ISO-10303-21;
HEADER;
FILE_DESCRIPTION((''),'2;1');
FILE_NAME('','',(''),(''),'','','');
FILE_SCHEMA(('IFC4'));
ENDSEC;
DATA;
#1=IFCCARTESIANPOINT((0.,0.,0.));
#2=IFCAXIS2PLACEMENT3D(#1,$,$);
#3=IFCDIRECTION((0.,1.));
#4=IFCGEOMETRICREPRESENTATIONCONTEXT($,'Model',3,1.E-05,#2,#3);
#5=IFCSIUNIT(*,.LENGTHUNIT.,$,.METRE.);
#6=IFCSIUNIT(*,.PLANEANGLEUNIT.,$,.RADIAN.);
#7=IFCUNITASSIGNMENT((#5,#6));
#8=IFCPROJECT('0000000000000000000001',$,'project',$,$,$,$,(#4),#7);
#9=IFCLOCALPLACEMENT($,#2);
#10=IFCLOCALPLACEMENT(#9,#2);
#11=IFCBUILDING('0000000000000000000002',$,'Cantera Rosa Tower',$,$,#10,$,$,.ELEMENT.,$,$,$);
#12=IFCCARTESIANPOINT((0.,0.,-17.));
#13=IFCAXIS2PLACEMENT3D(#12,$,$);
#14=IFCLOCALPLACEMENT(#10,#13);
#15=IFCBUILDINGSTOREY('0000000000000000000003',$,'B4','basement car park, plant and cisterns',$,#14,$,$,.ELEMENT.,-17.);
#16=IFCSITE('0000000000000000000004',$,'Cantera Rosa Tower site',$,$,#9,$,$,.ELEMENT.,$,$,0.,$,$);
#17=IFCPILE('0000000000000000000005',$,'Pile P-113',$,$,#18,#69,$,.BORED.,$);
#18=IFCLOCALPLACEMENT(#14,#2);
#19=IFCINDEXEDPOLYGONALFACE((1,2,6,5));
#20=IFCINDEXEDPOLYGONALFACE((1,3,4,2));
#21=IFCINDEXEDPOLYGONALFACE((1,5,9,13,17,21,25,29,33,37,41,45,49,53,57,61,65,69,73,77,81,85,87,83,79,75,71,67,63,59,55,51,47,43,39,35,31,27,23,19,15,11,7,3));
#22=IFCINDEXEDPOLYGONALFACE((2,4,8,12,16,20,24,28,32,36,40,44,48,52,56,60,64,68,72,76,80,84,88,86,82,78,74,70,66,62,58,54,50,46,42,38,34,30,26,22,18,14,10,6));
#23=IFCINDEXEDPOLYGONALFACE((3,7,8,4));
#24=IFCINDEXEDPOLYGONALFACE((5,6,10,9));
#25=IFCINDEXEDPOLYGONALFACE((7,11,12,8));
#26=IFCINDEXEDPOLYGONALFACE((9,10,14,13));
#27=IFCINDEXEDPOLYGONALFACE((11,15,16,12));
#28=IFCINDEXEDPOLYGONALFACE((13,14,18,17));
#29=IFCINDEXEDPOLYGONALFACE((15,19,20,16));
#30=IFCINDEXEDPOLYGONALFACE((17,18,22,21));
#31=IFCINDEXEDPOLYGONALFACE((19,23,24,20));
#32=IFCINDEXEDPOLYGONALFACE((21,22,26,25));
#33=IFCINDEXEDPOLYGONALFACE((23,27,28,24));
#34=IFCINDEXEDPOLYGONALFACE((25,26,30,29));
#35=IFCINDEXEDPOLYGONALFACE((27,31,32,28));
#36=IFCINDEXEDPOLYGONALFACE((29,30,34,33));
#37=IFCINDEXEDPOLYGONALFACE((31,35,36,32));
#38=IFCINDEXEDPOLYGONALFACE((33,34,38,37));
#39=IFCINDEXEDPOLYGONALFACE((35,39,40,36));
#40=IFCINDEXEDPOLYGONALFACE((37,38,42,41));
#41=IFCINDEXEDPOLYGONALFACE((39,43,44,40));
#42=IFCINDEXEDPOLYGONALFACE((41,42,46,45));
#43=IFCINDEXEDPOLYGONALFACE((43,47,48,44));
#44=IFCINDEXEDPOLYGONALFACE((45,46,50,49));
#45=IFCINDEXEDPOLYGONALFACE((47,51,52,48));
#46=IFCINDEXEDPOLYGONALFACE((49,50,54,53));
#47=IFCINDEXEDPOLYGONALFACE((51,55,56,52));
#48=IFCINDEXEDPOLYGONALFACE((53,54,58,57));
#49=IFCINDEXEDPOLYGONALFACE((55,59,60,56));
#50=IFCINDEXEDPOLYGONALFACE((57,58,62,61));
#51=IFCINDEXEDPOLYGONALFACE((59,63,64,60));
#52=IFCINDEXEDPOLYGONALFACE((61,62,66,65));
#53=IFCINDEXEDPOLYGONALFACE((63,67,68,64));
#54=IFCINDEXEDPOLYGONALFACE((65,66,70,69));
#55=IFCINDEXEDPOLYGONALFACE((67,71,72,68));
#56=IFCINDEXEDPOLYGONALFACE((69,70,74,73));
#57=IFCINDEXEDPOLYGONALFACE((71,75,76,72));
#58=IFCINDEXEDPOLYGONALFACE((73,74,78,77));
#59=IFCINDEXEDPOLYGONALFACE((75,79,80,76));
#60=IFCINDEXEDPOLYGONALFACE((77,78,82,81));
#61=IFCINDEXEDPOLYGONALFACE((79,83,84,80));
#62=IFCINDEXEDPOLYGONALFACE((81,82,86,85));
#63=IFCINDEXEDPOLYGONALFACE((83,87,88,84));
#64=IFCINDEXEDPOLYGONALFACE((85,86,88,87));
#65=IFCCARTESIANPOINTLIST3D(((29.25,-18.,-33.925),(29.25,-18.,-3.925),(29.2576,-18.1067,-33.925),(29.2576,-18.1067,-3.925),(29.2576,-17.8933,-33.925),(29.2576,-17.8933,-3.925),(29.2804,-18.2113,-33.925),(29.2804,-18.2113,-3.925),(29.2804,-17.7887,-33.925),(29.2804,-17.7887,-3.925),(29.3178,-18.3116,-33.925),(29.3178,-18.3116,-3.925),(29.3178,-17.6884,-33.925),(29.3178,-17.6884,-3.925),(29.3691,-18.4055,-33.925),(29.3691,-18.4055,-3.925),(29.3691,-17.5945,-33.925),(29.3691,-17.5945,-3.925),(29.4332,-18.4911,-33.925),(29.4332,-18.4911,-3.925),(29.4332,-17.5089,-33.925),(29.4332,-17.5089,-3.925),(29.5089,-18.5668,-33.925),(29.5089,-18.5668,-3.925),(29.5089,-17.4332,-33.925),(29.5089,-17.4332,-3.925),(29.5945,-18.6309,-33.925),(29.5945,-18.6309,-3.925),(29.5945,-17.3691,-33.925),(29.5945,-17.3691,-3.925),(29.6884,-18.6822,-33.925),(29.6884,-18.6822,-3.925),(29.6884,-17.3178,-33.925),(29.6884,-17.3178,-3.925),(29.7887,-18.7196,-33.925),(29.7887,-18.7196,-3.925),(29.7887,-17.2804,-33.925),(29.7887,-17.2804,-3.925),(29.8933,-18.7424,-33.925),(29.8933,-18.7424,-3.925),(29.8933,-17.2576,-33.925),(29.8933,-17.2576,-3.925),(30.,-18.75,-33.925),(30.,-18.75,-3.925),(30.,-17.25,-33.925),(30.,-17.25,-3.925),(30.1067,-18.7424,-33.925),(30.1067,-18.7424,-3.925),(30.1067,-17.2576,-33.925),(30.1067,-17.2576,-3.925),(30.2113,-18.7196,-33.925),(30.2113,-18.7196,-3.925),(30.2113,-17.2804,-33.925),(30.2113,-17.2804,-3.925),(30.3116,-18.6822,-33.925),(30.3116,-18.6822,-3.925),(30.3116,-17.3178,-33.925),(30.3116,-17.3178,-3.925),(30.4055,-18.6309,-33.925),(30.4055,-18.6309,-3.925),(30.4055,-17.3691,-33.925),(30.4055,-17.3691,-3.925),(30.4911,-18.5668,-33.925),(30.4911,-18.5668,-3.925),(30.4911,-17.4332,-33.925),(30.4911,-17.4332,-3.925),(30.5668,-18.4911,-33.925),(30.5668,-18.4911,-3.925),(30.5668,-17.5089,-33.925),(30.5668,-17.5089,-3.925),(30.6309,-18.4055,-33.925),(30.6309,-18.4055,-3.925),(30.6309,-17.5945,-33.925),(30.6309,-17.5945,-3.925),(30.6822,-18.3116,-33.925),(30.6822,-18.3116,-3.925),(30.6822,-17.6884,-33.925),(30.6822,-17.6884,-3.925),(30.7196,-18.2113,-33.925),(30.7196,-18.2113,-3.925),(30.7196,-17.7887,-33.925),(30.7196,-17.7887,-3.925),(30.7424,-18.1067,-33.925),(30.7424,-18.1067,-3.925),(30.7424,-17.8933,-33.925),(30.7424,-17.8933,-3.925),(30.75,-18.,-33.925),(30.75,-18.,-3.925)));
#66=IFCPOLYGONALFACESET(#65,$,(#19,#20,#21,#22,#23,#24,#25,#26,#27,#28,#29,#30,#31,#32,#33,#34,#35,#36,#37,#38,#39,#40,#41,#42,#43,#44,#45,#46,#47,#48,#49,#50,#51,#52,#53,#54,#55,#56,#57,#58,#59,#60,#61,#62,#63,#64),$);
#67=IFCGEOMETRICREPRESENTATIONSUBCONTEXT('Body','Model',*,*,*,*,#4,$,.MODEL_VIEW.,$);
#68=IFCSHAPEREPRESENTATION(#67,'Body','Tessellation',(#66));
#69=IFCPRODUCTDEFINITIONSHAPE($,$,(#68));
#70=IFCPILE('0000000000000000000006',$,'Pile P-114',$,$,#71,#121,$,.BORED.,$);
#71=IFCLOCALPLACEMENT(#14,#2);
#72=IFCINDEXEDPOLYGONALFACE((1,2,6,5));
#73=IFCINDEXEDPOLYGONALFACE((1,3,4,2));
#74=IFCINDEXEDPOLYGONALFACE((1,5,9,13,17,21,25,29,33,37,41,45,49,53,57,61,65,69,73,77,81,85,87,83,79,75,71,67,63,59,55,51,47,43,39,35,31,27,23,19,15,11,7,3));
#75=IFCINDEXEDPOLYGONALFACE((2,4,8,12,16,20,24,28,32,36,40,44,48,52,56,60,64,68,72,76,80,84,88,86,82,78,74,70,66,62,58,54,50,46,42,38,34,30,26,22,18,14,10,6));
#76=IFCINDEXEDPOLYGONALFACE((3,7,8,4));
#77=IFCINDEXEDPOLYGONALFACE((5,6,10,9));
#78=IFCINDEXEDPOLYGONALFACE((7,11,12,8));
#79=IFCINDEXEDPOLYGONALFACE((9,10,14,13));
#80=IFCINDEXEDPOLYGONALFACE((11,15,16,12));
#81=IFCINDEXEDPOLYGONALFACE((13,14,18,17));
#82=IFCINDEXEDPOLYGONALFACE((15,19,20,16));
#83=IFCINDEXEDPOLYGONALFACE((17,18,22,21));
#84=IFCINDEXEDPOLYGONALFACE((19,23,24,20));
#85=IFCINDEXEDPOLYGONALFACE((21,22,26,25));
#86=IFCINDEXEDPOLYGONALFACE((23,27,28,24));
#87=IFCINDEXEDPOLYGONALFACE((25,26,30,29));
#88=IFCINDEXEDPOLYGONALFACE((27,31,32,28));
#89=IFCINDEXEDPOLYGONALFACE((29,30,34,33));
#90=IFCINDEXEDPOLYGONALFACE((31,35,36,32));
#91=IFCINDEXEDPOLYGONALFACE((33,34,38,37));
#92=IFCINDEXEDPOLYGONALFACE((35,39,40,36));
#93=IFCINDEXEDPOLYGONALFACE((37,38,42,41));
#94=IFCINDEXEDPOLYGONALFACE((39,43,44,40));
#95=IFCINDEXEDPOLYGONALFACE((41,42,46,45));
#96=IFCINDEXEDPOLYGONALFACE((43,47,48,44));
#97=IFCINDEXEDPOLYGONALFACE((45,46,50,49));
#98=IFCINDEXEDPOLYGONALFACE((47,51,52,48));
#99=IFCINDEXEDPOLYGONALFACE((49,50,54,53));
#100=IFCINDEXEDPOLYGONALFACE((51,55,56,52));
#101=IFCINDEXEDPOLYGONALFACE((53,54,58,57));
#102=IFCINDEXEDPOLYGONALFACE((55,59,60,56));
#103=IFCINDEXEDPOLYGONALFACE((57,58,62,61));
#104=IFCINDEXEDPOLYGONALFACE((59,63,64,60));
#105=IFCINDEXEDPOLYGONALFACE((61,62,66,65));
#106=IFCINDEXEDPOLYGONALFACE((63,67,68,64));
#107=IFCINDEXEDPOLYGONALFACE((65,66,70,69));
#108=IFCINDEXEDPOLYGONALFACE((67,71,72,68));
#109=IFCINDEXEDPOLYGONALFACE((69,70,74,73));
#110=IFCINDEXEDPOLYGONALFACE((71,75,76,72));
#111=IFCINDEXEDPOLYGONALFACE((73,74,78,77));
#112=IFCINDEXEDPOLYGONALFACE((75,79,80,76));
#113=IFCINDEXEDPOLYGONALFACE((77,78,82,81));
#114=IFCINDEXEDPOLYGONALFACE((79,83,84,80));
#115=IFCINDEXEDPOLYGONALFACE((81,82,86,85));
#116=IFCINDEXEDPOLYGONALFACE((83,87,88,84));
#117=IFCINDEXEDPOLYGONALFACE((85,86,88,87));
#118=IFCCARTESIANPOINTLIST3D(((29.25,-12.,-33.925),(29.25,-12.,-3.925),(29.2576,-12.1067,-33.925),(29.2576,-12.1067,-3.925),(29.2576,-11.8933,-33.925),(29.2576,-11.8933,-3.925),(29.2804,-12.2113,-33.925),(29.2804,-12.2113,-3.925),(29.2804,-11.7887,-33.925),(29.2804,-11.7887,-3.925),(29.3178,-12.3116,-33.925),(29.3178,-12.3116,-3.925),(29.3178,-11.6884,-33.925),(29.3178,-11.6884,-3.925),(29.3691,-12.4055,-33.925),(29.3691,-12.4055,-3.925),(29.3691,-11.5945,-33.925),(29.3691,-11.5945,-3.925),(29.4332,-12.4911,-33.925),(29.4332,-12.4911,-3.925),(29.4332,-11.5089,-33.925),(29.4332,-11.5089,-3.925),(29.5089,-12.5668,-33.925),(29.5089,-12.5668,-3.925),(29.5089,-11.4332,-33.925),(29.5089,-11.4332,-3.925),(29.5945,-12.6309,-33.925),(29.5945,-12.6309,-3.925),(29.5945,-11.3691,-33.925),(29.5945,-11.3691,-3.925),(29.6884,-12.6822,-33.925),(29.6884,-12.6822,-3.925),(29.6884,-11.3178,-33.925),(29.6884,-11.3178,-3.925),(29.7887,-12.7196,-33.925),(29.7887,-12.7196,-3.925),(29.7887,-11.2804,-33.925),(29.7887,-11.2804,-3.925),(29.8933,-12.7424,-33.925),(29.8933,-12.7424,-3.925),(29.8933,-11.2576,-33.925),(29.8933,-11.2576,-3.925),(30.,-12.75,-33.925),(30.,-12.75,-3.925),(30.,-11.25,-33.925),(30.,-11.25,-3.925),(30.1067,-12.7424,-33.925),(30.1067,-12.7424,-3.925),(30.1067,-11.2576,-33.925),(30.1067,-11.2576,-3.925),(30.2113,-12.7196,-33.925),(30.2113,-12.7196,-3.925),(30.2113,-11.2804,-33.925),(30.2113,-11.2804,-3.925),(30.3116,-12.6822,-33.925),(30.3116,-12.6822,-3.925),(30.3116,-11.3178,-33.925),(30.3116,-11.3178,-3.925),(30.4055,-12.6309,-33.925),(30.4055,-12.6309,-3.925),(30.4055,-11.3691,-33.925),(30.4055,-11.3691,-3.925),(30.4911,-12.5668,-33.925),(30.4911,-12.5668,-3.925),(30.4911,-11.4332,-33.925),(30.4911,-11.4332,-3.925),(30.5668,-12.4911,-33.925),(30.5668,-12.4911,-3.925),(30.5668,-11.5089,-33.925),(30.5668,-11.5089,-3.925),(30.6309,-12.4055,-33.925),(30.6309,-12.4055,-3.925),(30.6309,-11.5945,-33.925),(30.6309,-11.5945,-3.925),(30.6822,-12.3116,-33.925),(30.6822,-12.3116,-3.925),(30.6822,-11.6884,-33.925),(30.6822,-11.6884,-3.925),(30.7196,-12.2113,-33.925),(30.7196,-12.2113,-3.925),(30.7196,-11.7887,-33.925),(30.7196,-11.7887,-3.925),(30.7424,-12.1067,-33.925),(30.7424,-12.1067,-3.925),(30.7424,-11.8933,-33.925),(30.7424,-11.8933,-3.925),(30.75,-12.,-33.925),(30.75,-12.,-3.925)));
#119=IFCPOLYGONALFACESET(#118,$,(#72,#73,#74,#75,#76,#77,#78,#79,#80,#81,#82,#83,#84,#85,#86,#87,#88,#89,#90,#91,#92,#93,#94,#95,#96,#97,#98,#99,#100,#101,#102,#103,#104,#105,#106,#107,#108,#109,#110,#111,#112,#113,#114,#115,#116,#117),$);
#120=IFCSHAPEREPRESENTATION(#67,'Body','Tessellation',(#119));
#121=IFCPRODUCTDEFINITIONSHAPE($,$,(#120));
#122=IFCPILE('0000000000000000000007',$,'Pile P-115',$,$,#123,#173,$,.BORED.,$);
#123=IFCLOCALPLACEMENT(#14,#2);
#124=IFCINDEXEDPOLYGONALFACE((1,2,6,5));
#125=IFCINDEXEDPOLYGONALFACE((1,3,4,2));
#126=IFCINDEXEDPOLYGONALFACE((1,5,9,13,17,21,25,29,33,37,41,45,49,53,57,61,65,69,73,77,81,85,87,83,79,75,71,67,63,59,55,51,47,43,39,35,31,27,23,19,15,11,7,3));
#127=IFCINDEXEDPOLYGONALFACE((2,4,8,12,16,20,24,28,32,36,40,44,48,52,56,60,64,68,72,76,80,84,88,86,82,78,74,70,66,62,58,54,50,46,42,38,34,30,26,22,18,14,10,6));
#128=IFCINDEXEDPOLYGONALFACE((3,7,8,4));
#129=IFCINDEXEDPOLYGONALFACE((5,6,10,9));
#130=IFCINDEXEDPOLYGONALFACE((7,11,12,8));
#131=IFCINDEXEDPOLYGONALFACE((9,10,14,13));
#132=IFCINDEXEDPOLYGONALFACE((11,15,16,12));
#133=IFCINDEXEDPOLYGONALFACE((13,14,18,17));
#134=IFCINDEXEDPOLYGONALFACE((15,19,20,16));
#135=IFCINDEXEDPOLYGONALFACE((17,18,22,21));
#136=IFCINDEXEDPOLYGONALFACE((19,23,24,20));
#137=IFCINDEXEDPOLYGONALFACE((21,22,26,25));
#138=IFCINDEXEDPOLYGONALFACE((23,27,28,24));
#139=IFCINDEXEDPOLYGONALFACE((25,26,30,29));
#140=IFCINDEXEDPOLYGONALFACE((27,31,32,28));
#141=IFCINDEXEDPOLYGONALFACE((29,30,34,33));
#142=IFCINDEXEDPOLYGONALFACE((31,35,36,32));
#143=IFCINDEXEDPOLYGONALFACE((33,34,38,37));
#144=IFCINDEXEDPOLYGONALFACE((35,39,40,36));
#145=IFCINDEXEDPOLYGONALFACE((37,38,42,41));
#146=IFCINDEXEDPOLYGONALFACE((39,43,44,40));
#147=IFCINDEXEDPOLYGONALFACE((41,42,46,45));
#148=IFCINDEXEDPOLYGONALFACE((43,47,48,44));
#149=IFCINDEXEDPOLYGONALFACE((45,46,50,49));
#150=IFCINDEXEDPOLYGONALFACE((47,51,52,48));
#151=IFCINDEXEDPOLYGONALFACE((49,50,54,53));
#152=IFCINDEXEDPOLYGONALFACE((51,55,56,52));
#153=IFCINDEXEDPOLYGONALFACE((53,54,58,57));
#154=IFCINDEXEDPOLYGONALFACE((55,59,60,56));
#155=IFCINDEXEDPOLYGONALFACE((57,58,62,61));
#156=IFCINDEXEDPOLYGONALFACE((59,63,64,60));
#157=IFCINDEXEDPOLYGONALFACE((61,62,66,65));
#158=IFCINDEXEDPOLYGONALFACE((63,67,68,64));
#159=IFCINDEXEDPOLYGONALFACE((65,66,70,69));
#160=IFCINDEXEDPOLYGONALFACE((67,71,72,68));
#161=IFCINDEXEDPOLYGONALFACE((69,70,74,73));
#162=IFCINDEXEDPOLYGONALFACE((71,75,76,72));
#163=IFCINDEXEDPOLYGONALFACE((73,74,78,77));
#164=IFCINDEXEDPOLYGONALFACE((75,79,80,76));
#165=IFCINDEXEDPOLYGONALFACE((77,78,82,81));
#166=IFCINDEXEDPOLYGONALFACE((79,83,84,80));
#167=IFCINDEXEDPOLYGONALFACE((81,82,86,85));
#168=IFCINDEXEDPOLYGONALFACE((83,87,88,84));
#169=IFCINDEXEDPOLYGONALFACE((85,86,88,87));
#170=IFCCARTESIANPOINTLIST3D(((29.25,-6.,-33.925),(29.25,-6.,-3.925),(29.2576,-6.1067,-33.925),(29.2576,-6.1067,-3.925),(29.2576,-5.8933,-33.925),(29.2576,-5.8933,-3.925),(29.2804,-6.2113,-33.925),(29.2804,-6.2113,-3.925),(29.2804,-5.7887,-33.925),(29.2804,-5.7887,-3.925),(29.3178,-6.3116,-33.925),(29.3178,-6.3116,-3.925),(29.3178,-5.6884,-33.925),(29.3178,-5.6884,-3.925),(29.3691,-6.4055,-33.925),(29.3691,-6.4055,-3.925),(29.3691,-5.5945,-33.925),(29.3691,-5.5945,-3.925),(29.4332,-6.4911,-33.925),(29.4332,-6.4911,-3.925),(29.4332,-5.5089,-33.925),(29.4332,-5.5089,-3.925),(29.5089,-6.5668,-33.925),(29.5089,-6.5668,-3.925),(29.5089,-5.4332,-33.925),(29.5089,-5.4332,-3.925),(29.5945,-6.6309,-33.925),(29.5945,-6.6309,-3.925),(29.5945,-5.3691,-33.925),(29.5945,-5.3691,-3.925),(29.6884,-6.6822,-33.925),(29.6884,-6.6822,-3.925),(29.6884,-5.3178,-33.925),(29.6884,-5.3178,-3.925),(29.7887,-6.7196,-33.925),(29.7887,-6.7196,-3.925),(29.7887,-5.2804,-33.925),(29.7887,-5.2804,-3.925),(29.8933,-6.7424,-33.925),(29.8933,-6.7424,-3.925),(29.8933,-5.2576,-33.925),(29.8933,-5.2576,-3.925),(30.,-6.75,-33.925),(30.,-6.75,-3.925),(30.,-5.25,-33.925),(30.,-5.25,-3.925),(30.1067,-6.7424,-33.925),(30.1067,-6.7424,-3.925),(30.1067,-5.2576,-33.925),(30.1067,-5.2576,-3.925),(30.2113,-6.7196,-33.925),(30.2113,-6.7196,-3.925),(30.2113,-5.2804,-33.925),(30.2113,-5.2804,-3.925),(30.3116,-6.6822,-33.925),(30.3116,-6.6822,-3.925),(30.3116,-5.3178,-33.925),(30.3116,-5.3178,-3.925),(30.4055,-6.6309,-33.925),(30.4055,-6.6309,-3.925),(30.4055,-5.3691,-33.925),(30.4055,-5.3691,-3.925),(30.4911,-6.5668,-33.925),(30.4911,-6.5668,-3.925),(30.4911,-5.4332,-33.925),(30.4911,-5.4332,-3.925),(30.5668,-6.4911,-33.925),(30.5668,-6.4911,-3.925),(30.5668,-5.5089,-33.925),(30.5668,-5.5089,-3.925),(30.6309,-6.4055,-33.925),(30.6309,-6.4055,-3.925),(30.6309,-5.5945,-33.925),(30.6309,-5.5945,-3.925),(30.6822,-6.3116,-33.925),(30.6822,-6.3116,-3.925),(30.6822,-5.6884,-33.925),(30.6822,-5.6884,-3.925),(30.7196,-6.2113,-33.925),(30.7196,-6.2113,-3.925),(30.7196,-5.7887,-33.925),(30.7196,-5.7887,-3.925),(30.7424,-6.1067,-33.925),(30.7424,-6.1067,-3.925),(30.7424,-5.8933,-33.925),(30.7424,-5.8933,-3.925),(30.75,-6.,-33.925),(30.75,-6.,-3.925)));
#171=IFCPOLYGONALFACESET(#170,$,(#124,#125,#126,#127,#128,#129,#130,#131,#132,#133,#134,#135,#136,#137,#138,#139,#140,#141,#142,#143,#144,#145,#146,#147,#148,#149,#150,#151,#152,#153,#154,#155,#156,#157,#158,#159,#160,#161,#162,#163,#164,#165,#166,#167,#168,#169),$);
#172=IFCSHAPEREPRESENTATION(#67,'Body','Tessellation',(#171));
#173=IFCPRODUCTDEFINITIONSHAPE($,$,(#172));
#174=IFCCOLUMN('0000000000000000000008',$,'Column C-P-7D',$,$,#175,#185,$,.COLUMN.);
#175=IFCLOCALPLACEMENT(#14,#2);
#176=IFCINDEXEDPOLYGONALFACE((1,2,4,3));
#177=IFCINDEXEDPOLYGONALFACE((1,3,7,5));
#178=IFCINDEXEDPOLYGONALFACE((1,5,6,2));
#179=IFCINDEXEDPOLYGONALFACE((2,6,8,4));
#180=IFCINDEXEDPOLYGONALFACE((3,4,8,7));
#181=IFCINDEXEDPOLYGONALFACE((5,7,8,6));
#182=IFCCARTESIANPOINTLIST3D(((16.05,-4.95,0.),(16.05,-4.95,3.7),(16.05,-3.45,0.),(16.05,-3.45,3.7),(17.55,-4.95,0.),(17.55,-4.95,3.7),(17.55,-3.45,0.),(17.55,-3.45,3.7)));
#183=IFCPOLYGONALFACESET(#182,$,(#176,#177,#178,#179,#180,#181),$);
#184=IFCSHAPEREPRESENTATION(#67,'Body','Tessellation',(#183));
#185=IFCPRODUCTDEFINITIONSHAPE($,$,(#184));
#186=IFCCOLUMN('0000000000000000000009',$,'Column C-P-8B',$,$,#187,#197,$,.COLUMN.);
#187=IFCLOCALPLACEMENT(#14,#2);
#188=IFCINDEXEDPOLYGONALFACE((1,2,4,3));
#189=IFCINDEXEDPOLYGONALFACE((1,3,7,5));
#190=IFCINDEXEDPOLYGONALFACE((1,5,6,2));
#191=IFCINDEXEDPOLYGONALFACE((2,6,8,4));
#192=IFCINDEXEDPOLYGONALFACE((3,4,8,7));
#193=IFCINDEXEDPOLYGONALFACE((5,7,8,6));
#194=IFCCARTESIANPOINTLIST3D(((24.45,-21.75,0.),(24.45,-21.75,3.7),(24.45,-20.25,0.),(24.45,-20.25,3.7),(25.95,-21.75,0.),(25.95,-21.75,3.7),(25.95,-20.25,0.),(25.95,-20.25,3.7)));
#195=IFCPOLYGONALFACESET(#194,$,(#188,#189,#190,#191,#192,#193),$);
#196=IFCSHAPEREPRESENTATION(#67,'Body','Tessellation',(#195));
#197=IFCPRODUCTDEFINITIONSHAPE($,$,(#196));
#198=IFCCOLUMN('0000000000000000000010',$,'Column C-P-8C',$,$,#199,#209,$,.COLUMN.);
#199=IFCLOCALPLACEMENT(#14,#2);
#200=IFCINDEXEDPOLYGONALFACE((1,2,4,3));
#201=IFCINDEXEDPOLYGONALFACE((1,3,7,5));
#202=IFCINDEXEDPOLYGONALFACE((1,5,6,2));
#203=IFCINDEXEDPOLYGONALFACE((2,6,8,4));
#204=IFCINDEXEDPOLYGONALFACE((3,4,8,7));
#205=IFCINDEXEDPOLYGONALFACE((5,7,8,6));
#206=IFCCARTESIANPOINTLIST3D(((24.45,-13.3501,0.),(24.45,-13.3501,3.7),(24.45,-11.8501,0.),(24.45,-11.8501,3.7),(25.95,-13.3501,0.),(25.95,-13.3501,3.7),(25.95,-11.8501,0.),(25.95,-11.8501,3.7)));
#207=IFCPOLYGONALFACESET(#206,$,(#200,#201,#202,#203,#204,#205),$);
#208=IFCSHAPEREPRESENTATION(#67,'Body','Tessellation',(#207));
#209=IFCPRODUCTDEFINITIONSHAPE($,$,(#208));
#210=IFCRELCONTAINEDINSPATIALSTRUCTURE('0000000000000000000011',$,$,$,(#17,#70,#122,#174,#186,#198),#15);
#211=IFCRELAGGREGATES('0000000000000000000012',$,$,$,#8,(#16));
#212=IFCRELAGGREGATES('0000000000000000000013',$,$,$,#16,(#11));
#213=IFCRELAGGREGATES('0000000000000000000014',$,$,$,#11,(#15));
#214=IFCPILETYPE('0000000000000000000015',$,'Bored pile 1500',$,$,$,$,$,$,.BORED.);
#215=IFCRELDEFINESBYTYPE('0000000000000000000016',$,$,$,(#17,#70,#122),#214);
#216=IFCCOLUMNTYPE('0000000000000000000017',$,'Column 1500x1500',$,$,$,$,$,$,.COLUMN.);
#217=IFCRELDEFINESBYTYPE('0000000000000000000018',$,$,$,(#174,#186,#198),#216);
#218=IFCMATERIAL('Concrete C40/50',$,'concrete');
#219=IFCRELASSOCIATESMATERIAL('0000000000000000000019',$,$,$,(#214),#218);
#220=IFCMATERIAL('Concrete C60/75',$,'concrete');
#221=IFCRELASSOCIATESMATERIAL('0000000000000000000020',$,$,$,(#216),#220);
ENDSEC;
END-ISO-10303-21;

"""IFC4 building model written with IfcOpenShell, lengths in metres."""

from ifc_helpers import new_model, si_unit, direction, frame, origin, origin_2d, place, context, subcontext, project, spatial, rectangle, circle, extrude, material, material_profile, profile_set, type_object, element, save


model = new_model("IFC4")

# Units and contexts
model_context = context("Model", 3, precision=1e-05, world=origin(), true_north=direction((0.0, 1.0)))
body_context = subcontext(model_context, "Body", "Model", "MODEL_VIEW")
ifc_project = project(units=[si_unit("LENGTHUNIT", "METRE"), si_unit("PLANEANGLEUNIT", "RADIAN")], contexts=[model_context])

# Site, building, storey
site_placement = place(None, origin())
site = spatial("IfcSite", under=ifc_project, at=site_placement, Name="Cantera Rosa Tower site", CompositionType="ELEMENT", RefElevation=0.0)
building_placement = place(site_placement, origin())
building = spatial("IfcBuilding", under=site, at=building_placement, Name="Cantera Rosa Tower", CompositionType="ELEMENT")
storey_placement = place(building_placement, frame((0.0, 0.0, -17.0)))
storey = spatial("IfcBuildingStorey", under=building, at=storey_placement, Name="B4", Description="basement car park, plant and cisterns", CompositionType="ELEMENT", Elevation=-17.0)

# Piles
ifc_material_1 = material(Name="Concrete C40/50", Category="concrete")
ifc_material_profile_1 = material_profile(ifc_material_1, circle(Radius=0.75, at=origin_2d()), Name="Bored pile 1500")
ifc_profile_set_1 = profile_set([ifc_material_profile_1], Name="Concrete C40/50")
pile_type = type_object("IfcPileType", Name="Bored pile 1500", PredefinedType="BORED", material=ifc_profile_set_1)
for number, where, z_axis, x_axis, name in (
    (1, (30.0, -18.0, -3.925), (0.0, 0.0, -1.0), (1.0, 0.0, 0.0), "Pile P-113"),
    (2, (30.0, -12.0, -3.925), (0.0, 0.0, -1.0), (1.0, 0.0, 0.0), "Pile P-114"),
    (3, (30.0, -6.0, -3.925), (0.0, 0.0, -1.0), (1.0, 0.0, 0.0), "Pile P-115"),
):
    element("IfcPile", number, at=place(storey_placement, frame(where, z_axis=z_axis, x_axis=x_axis)), inside=storey, type_object=pile_type, Name=name, PredefinedType="BORED", context=body_context, shape_type="SweptSolid", body=[
        extrude(circle(Radius=0.75, at=origin_2d()), origin(), (0.0, 0.0, 1.0), 30.0),
    ])

# Columns
ifc_material_2 = material(Name="Concrete C60/75", Category="concrete")
ifc_material_profile_2 = material_profile(ifc_material_2, rectangle(XDim=1.5, YDim=1.5, at=origin_2d()), Name="Column 1500x1500")
ifc_profile_set_2 = profile_set([ifc_material_profile_2], Name="Concrete C60/75")
column_type_1 = type_object("IfcColumnType", Name="Column 1500x1500", PredefinedType="COLUMN", material=ifc_profile_set_2)
for number, where, z_axis, x_axis, name in (
    (4, (16.8, -4.2, 0.0), (0.0, 0.0, 1.0), (1.0, 0.0, 0.0), "Column C-P-7D"),
    (5, (25.2, -21.0, 0.0), (0.0, 0.0, 1.0), (1.0, 0.0, 0.0), "Column C-P-8B"),
    (6, (25.2, -12.6001, 0.0), (0.0, 0.0, 1.0), (1.0, 0.0, 0.0), "Column C-P-8C"),
):
    element("IfcColumn", number, at=place(storey_placement, frame(where, z_axis=z_axis, x_axis=x_axis)), inside=storey, type_object=column_type_1, Name=name, PredefinedType="COLUMN", context=body_context, shape_type="SweptSolid", body=[
        extrude(rectangle(XDim=1.5, YDim=1.5, at=origin_2d()), origin(), (0.0, 0.0, 1.0), 3.7),
    ])

save(model, "model.ifc")
